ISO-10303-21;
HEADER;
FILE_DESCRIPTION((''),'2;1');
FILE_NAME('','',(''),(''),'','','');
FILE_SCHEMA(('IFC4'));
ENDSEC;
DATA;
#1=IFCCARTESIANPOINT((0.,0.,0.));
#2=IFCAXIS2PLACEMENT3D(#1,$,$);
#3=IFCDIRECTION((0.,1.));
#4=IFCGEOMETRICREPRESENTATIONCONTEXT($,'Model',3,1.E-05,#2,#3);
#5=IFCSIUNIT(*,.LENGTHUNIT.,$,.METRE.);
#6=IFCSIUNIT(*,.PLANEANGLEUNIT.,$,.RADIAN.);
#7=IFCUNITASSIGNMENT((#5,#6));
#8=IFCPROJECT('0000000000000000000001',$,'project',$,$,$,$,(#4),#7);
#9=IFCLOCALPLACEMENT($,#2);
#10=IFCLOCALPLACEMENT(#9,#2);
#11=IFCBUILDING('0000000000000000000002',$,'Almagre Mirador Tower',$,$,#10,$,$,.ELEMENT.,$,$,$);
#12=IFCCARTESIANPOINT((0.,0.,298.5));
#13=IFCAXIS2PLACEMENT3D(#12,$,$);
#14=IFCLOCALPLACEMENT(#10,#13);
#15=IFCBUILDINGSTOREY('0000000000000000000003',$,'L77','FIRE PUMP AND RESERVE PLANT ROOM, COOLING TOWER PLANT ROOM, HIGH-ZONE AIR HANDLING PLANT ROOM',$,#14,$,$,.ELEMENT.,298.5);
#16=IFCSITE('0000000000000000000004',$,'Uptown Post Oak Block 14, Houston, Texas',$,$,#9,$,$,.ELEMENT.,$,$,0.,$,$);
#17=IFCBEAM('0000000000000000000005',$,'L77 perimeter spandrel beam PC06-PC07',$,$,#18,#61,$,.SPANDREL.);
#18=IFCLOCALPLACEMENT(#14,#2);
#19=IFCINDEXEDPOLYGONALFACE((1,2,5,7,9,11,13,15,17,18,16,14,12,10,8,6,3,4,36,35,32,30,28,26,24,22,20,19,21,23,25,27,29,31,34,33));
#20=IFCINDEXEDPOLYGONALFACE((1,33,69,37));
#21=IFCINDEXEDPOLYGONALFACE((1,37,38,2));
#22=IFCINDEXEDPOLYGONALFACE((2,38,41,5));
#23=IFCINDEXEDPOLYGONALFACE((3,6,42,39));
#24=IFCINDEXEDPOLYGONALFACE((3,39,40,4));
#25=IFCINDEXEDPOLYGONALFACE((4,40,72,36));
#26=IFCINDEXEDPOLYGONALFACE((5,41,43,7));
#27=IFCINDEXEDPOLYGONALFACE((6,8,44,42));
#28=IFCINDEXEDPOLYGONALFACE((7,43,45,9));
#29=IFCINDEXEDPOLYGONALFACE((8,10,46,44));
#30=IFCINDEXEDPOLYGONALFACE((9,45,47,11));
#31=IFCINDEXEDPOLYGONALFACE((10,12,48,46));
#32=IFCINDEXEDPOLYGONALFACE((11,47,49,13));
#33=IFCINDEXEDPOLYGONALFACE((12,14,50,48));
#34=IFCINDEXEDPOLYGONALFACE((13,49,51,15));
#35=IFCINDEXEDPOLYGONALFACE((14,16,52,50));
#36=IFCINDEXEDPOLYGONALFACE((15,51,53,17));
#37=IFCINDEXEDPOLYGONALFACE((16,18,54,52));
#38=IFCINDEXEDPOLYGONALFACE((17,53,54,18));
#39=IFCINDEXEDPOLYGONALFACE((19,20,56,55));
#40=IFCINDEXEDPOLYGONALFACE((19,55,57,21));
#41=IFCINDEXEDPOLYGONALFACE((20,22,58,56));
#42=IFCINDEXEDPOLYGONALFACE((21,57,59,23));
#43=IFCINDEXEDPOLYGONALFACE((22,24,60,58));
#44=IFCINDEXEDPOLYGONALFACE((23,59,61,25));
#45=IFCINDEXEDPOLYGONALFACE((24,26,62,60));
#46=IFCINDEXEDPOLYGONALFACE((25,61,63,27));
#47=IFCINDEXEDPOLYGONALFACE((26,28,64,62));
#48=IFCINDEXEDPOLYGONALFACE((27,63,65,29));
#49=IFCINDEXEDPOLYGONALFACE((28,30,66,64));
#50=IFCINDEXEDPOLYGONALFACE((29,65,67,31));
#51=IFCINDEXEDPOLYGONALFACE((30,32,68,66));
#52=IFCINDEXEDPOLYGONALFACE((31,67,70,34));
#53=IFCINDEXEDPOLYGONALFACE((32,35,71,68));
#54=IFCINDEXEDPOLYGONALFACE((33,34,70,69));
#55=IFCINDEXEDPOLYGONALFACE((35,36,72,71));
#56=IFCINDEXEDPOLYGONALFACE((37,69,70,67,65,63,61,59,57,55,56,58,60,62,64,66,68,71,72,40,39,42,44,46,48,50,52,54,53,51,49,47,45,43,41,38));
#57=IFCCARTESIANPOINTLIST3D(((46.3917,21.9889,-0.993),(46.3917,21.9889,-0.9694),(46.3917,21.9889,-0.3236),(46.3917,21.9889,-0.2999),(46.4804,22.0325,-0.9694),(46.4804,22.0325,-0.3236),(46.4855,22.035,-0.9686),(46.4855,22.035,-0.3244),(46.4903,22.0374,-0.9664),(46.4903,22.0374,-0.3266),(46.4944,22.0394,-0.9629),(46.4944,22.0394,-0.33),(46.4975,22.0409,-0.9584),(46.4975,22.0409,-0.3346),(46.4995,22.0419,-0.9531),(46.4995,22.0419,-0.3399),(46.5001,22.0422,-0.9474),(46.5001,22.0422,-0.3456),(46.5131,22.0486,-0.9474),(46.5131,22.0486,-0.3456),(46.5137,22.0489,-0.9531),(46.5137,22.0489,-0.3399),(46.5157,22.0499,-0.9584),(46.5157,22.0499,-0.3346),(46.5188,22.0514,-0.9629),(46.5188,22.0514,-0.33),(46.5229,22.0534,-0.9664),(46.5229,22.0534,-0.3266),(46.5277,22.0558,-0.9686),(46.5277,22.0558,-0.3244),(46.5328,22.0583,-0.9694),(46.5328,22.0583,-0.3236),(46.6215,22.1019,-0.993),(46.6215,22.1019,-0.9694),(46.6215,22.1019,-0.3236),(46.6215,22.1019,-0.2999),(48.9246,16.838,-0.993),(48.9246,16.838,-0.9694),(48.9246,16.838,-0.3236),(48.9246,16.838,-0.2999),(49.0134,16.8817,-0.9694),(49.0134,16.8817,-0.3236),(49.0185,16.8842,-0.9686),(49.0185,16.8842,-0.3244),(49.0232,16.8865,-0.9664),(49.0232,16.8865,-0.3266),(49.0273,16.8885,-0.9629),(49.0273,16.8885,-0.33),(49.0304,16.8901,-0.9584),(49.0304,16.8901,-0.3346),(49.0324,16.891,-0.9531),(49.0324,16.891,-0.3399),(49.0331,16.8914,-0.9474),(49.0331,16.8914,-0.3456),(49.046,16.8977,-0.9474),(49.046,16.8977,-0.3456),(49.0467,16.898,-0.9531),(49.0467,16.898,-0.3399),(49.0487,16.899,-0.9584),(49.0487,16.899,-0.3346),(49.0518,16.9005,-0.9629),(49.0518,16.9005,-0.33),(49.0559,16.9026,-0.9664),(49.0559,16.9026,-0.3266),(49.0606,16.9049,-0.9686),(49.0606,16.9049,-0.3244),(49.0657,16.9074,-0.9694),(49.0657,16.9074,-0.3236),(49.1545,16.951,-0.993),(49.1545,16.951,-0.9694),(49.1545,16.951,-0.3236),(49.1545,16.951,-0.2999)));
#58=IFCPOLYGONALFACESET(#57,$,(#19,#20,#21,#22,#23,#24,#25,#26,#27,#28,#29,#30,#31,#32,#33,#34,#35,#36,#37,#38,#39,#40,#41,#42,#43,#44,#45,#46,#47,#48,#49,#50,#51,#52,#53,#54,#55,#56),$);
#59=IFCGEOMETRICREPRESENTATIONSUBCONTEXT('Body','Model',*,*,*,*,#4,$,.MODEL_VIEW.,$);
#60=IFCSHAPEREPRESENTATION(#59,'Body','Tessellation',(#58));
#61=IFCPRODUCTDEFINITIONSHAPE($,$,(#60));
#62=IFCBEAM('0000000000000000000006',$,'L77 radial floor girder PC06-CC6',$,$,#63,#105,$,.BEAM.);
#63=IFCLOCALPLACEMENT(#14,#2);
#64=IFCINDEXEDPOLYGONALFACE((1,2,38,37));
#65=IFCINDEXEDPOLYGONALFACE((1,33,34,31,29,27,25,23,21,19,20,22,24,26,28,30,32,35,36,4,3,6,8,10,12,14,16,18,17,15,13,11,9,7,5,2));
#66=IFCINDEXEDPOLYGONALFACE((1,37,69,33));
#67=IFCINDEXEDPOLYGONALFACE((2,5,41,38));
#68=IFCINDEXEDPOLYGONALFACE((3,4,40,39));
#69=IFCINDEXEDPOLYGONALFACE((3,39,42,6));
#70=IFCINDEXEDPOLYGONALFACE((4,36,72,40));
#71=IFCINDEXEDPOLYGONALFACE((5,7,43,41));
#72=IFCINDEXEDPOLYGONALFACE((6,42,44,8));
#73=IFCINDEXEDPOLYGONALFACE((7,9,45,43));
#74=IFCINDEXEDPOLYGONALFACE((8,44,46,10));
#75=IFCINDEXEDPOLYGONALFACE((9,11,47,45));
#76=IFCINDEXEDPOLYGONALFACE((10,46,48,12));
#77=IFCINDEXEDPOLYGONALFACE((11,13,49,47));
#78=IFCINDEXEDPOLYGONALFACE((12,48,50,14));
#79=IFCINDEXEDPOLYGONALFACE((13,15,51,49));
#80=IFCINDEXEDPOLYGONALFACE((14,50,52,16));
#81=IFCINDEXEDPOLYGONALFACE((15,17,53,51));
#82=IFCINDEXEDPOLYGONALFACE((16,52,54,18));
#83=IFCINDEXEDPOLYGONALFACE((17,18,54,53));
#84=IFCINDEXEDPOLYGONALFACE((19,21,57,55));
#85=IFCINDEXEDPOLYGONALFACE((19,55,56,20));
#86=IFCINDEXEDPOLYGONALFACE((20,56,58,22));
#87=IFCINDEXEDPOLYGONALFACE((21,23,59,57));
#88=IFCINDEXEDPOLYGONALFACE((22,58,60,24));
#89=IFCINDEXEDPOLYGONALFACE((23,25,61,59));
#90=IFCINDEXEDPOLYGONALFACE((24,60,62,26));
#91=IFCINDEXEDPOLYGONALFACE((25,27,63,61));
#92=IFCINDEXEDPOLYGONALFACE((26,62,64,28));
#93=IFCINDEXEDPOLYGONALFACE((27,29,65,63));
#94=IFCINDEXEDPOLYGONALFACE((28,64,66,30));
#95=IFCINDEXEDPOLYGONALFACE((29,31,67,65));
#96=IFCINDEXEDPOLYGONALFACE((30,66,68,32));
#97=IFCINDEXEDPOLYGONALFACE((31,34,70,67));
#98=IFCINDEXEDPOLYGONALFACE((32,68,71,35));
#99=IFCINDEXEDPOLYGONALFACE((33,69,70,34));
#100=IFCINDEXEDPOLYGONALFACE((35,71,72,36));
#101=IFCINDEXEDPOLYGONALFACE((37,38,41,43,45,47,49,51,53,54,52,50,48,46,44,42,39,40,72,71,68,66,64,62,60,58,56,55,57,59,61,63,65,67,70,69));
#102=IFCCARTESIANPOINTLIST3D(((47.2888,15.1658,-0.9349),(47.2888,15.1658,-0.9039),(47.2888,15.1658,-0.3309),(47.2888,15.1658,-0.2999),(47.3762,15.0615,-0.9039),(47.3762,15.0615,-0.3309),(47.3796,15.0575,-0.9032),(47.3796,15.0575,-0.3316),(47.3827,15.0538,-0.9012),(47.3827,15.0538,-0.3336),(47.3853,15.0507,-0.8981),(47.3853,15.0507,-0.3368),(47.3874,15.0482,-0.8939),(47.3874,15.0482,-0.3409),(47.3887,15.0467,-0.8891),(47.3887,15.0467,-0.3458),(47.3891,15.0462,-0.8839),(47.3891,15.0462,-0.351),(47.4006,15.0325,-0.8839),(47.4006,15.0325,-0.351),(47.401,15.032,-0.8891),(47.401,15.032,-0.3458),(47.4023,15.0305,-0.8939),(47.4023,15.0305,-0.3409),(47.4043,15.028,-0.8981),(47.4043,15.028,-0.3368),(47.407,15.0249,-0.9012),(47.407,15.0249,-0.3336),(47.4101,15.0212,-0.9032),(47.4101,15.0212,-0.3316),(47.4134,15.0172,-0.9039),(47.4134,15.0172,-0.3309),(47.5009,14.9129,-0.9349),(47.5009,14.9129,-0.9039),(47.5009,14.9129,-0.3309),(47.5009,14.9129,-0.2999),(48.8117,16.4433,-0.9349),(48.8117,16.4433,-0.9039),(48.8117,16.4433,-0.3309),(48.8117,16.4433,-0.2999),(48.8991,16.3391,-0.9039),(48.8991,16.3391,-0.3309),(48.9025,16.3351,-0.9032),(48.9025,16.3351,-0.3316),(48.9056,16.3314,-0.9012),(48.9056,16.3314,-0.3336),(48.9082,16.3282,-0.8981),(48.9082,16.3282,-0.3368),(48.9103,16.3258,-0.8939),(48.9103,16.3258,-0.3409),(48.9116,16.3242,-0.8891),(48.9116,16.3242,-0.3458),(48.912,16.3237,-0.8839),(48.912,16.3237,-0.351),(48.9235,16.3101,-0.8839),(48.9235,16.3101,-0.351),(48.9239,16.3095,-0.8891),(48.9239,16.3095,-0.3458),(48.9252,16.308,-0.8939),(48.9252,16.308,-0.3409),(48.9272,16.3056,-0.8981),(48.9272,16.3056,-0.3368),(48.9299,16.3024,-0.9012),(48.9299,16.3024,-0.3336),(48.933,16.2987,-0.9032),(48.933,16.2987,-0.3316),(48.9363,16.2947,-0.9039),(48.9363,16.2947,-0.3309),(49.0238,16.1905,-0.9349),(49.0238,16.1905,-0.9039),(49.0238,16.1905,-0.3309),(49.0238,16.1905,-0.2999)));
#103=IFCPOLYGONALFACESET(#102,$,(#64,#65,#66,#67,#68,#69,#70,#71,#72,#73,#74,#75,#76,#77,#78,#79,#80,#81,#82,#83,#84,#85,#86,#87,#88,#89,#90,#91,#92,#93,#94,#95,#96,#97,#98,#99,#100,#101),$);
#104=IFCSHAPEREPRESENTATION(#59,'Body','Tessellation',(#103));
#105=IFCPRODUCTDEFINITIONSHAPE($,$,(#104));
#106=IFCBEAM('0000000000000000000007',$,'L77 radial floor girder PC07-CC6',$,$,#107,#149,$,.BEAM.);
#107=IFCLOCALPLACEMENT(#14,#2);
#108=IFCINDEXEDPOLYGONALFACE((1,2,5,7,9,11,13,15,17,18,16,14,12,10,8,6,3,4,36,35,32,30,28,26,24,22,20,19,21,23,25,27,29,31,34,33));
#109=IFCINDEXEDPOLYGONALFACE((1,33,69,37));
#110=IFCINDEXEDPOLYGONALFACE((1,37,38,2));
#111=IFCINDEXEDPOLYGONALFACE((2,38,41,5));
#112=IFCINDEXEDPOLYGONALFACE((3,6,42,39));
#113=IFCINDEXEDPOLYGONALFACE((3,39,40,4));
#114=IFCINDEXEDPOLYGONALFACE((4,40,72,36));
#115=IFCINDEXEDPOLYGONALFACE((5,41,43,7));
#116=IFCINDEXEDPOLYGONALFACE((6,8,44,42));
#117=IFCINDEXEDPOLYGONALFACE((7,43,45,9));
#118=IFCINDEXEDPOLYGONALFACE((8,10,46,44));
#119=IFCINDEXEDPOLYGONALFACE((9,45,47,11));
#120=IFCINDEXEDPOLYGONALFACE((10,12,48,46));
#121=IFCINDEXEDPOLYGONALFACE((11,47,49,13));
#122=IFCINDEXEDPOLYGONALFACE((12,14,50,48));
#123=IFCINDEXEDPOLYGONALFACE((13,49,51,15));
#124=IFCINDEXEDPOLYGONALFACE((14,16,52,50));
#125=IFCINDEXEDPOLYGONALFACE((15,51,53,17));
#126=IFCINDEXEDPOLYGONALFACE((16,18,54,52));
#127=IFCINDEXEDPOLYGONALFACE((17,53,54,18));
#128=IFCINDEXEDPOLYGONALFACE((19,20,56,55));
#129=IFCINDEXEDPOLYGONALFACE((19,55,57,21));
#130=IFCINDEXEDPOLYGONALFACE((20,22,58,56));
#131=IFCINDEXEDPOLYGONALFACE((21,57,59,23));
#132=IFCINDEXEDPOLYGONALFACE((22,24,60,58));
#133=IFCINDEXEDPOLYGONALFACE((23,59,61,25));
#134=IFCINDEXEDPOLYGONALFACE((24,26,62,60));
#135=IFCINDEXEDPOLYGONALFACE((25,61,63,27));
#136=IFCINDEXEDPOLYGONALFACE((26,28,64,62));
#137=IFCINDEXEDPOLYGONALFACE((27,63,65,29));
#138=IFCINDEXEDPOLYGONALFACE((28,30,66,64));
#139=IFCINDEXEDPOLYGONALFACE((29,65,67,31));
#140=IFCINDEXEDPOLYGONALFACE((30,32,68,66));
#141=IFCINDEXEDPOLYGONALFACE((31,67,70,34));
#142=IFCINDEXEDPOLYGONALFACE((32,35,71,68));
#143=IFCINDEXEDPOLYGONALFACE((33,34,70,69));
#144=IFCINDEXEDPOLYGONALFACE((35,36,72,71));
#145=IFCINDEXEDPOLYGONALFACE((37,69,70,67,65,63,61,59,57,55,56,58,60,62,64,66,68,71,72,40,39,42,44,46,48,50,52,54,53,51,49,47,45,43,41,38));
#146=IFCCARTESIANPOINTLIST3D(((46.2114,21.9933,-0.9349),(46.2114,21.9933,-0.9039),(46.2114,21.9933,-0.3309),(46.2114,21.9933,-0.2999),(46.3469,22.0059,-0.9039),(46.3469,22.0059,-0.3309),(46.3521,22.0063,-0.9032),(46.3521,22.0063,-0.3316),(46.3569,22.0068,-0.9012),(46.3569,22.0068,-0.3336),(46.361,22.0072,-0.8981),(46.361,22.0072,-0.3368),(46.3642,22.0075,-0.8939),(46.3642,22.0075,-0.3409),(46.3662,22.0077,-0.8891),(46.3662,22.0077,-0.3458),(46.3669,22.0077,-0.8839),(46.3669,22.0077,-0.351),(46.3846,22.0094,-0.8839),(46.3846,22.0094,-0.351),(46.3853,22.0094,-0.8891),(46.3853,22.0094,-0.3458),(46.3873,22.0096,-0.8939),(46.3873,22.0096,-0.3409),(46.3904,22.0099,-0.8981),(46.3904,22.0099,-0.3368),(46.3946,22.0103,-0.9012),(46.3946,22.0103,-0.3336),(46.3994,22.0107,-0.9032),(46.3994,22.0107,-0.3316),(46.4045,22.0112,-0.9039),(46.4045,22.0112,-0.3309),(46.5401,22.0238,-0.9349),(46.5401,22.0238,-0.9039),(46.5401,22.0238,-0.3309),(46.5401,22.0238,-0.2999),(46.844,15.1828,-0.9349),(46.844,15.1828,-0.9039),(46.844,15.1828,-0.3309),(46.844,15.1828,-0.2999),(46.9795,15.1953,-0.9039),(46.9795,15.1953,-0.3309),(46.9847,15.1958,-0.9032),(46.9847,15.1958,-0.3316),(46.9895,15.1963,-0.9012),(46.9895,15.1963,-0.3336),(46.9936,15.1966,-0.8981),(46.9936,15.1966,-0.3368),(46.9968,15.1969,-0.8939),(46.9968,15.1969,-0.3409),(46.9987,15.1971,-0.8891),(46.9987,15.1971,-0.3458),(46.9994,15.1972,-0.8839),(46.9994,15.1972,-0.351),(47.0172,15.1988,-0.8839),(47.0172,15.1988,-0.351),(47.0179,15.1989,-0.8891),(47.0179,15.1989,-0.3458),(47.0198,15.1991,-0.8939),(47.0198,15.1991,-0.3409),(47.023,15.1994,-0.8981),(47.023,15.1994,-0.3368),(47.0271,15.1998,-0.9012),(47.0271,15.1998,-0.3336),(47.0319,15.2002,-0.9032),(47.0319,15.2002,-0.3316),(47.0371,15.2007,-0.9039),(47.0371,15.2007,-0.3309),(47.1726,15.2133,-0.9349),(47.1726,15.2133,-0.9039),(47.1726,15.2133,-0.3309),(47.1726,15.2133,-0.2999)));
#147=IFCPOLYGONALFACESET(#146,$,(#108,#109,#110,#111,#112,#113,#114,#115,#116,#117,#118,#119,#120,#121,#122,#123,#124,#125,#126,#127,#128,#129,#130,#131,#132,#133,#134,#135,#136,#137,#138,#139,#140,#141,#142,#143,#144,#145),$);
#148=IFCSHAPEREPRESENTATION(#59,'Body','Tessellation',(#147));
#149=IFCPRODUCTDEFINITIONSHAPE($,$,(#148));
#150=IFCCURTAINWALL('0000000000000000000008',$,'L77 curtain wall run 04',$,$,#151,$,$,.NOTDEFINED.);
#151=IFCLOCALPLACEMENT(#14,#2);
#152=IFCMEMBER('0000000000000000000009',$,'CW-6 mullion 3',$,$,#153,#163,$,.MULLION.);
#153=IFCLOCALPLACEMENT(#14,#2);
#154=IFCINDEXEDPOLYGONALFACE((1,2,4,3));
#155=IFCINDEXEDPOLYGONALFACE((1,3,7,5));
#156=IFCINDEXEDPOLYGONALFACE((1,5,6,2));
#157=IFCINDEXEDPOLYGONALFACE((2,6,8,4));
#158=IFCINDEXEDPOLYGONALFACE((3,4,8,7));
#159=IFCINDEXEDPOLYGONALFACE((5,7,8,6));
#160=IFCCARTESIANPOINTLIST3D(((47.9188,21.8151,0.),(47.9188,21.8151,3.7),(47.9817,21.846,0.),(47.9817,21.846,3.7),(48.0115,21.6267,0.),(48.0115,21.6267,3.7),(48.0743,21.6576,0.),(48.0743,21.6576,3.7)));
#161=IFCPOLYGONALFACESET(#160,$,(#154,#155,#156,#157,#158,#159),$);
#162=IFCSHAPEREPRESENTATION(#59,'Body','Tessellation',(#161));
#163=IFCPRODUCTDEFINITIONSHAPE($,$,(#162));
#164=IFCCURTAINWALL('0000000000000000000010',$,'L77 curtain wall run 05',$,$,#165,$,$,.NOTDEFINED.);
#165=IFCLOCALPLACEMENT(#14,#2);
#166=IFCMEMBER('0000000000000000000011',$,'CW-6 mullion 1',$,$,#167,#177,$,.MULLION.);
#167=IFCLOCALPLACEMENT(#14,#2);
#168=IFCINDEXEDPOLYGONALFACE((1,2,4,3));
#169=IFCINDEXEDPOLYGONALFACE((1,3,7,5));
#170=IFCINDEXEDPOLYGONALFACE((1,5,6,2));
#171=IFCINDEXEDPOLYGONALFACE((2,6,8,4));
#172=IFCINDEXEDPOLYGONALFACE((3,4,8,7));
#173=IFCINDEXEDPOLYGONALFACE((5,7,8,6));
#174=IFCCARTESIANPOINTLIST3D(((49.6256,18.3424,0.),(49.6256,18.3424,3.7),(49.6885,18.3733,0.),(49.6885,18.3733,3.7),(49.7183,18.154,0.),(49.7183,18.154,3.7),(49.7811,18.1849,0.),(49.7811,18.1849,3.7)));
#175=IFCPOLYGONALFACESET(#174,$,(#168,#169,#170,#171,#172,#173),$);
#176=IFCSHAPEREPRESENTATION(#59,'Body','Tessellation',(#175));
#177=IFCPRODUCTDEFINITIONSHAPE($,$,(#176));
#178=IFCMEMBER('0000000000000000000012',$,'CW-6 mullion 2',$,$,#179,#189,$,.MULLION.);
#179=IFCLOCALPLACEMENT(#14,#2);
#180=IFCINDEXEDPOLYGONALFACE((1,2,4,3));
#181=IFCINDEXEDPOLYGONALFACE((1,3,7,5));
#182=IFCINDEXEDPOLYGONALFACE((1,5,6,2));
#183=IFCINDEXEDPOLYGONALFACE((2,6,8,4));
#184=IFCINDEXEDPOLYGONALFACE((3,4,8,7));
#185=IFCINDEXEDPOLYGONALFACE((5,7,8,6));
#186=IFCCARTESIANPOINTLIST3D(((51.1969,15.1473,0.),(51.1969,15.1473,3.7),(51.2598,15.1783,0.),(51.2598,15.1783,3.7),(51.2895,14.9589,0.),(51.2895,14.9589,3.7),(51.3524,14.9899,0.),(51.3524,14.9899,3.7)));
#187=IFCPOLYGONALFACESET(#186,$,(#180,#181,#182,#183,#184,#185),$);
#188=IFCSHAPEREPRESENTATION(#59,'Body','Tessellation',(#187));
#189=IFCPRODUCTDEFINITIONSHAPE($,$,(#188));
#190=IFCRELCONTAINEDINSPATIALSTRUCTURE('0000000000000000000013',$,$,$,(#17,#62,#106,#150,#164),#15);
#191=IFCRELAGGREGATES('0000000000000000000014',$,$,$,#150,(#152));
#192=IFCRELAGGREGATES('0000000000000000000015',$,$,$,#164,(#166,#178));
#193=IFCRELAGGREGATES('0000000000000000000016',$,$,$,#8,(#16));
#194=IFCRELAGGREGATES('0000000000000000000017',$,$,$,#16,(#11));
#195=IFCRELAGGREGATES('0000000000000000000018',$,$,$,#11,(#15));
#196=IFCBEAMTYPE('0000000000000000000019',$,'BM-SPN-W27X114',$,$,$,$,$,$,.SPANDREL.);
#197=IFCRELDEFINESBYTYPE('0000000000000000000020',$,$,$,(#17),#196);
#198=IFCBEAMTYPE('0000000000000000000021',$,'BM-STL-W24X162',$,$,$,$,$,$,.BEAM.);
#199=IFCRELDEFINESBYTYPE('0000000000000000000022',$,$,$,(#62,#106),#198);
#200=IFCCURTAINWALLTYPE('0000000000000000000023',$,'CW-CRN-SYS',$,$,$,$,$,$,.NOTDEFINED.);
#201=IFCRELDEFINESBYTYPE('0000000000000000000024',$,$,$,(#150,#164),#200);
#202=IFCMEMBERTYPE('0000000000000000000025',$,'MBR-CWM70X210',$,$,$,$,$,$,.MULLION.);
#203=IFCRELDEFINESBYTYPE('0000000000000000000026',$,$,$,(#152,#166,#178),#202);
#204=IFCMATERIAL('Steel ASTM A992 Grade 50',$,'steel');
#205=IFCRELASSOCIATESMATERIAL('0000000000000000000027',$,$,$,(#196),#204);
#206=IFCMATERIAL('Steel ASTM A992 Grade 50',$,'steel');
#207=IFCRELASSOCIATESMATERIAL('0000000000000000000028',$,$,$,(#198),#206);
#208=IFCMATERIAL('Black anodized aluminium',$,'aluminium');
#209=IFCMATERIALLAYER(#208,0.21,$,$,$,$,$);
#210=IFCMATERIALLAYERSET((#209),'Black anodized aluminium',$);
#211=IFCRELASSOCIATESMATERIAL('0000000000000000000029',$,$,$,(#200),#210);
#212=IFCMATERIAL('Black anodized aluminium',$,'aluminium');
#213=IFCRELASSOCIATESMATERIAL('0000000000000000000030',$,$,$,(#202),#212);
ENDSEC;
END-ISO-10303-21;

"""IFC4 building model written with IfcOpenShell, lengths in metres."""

from ifc_helpers import new_model, si_unit, direction, frame, origin, origin_2d, place, context, subcontext, project, spatial, rectangle, i_section, extrude, material, layer, layer_set, material_profile, profile_set, type_object, element, aggregate, save


model = new_model("IFC4")

# Units and contexts
model_context = context("Model", 3, precision=1e-05, world=origin(), true_north=direction((0.0, 1.0)))
body_context = subcontext(model_context, "Body", "Model", "MODEL_VIEW")
ifc_project = project(units=[si_unit("LENGTHUNIT", "METRE"), si_unit("PLANEANGLEUNIT", "RADIAN")], contexts=[model_context])

# Site, building, storey
site_placement = place(None, origin())
site = spatial("IfcSite", under=ifc_project, at=site_placement, Name="Uptown Post Oak Block 14, Houston, Texas", CompositionType="ELEMENT", RefElevation=0.0)
building_placement = place(site_placement, origin())
building = spatial("IfcBuilding", under=site, at=building_placement, Name="Almagre Mirador Tower", CompositionType="ELEMENT")
storey_placement = place(building_placement, frame((0.0, 0.0, 298.5)))
storey = spatial("IfcBuildingStorey", under=building, at=storey_placement, Name="L77", Description="FIRE PUMP AND RESERVE PLANT ROOM, COOLING TOWER PLANT ROOM, HIGH-ZONE AIR HANDLING PLANT ROOM", CompositionType="ELEMENT", Elevation=298.5)

# Beams
ifc_material_1 = material(Name="Steel ASTM A992 Grade 50", Category="steel")
ifc_material_profile_1 = material_profile(ifc_material_1, i_section(OverallWidth=0.2561, OverallDepth=0.6931, WebThickness=0.0144, FlangeThickness=0.0237, FilletRadius=0.022, at=origin_2d()), Name="W27X114")
ifc_profile_set_1 = profile_set([ifc_material_profile_1], Name="Steel ASTM A992 Grade 50")
beam_type_1 = type_object("IfcBeamType", Name="BM-SPN-W27X114", PredefinedType="SPANDREL", material=ifc_profile_set_1)
beam_1_placement = place(storey_placement, frame((49.0396, 16.8945, -0.6465), z_axis=(-0.441283, 0.897368, 0.0), x_axis=(-0.897368, -0.441283, 0.0)))
element("IfcBeam", 1, at=beam_1_placement, inside=storey, type_object=beam_type_1, Name="L77 perimeter spandrel beam PC06-PC07", PredefinedType="SPANDREL", context=body_context, shape_type="SweptSolid", body=[
    extrude(i_section(OverallWidth=0.2561, OverallDepth=0.6931, WebThickness=0.0144, FlangeThickness=0.0237, FilletRadius=0.022, at=origin_2d()), origin(), (0.0, 0.0, 1.0), 5.74),
])
ifc_material_2 = material(Name="Steel ASTM A992 Grade 50", Category="steel")
ifc_material_profile_2 = material_profile(ifc_material_2, i_section(OverallWidth=0.3301, OverallDepth=0.635, WebThickness=0.0178, FlangeThickness=0.031, FilletRadius=0.02, at=origin_2d()), Name="W24X162")
ifc_profile_set_2 = profile_set([ifc_material_profile_2], Name="Steel ASTM A992 Grade 50")
beam_type_2 = type_object("IfcBeamType", Name="BM-STL-W24X162", PredefinedType="BEAM", material=ifc_profile_set_2)
beam_2_placement = place(storey_placement, frame((48.9177, 16.3169, -0.6174), z_axis=(-0.766123, -0.642694, 0.0), x_axis=(0.642694, -0.766123, 0.0)))
element("IfcBeam", 2, at=beam_2_placement, inside=storey, type_object=beam_type_2, Name="L77 radial floor girder PC06-CC6", PredefinedType="BEAM", context=body_context, shape_type="SweptSolid", body=[
    extrude(i_section(OverallWidth=0.3301, OverallDepth=0.635, WebThickness=0.0178, FlangeThickness=0.031, FilletRadius=0.02, at=origin_2d()), origin(), (0.0, 0.0, 1.0), 1.9878),
])
beam_3_placement = place(storey_placement, frame((46.3757, 22.0085, -0.6174), z_axis=(0.092483, -0.995714, 0.0), x_axis=(0.995714, 0.092483, 0.0)))
element("IfcBeam", 3, at=beam_3_placement, inside=storey, type_object=beam_type_2, Name="L77 radial floor girder PC07-CC6", PredefinedType="BEAM", context=body_context, shape_type="SweptSolid", body=[
    extrude(i_section(OverallWidth=0.3301, OverallDepth=0.635, WebThickness=0.0178, FlangeThickness=0.031, FilletRadius=0.02, at=origin_2d()), origin(), (0.0, 0.0, 1.0), 6.8398),
])

# Curtain wall, member
ifc_material_3 = material(Name="Black anodized aluminium", Category="aluminium")
ifc_layer_1 = layer(ifc_material_3, 0.21)
ifc_layer_set_1 = layer_set([ifc_layer_1], Name="Black anodized aluminium")
curtain_wall_type = type_object("IfcCurtainWallType", Name="CW-CRN-SYS", PredefinedType="NOTDEFINED", material=ifc_layer_set_1)
curtain_wall_1_placement = place(storey_placement, origin())
curtain_wall_1 = element("IfcCurtainWall", 4, at=curtain_wall_1_placement, inside=storey, type_object=curtain_wall_type, Name="L77 curtain wall run 04", PredefinedType="NOTDEFINED")
ifc_material_4 = material(Name="Black anodized aluminium", Category="aluminium")
ifc_material_profile_3 = material_profile(ifc_material_4, rectangle(XDim=0.0701, YDim=0.21, at=origin_2d()), Name="CWM70X210")
ifc_profile_set_3 = profile_set([ifc_material_profile_3], Name="Black anodized aluminium")
member_type_1 = type_object("IfcMemberType", Name="MBR-CWM70X210", PredefinedType="MULLION", material=ifc_profile_set_3)
member_1_placement = place(storey_placement, frame((47.9966, 21.7363, 0.0), z_axis=(0.0, 0.0, 1.0), x_axis=(0.897356, 0.441308, 0.0)))
member_1 = element("IfcMember", 5, at=member_1_placement, type_object=member_type_1, Name="CW-6 mullion 3", PredefinedType="MULLION", context=body_context, shape_type="SweptSolid", body=[
    extrude(rectangle(XDim=0.0701, YDim=0.21, at=origin_2d()), origin(), (0.0, 0.0, 1.0), 3.7),
])
aggregate(curtain_wall_1, [member_1])

# Curtain wall, members
curtain_wall_2_placement = place(storey_placement, origin())
curtain_wall_2 = element("IfcCurtainWall", 6, at=curtain_wall_2_placement, inside=storey, type_object=curtain_wall_type, Name="L77 curtain wall run 05", PredefinedType="NOTDEFINED")
member_2_placement = place(storey_placement, frame((49.7034, 18.2637, 0.0), z_axis=(0.0, 0.0, 1.0), x_axis=(0.897356, 0.441308, 0.0)))
member_2 = element("IfcMember", 7, at=member_2_placement, type_object=member_type_1, Name="CW-6 mullion 1", PredefinedType="MULLION", context=body_context, shape_type="SweptSolid", body=[
    extrude(rectangle(XDim=0.0701, YDim=0.21, at=origin_2d()), origin(), (0.0, 0.0, 1.0), 3.7),
])
member_3_placement = place(storey_placement, frame((51.2747, 15.0686, 0.0), z_axis=(0.0, 0.0, 1.0), x_axis=(0.897356, 0.441308, 0.0)))
member_3 = element("IfcMember", 8, at=member_3_placement, type_object=member_type_1, Name="CW-6 mullion 2", PredefinedType="MULLION", context=body_context, shape_type="SweptSolid", body=[
    extrude(rectangle(XDim=0.0701, YDim=0.21, at=origin_2d()), origin(), (0.0, 0.0, 1.0), 3.7),
])

aggregate(curtain_wall_2, [member_2, member_3])

save(model, "model.ifc")
